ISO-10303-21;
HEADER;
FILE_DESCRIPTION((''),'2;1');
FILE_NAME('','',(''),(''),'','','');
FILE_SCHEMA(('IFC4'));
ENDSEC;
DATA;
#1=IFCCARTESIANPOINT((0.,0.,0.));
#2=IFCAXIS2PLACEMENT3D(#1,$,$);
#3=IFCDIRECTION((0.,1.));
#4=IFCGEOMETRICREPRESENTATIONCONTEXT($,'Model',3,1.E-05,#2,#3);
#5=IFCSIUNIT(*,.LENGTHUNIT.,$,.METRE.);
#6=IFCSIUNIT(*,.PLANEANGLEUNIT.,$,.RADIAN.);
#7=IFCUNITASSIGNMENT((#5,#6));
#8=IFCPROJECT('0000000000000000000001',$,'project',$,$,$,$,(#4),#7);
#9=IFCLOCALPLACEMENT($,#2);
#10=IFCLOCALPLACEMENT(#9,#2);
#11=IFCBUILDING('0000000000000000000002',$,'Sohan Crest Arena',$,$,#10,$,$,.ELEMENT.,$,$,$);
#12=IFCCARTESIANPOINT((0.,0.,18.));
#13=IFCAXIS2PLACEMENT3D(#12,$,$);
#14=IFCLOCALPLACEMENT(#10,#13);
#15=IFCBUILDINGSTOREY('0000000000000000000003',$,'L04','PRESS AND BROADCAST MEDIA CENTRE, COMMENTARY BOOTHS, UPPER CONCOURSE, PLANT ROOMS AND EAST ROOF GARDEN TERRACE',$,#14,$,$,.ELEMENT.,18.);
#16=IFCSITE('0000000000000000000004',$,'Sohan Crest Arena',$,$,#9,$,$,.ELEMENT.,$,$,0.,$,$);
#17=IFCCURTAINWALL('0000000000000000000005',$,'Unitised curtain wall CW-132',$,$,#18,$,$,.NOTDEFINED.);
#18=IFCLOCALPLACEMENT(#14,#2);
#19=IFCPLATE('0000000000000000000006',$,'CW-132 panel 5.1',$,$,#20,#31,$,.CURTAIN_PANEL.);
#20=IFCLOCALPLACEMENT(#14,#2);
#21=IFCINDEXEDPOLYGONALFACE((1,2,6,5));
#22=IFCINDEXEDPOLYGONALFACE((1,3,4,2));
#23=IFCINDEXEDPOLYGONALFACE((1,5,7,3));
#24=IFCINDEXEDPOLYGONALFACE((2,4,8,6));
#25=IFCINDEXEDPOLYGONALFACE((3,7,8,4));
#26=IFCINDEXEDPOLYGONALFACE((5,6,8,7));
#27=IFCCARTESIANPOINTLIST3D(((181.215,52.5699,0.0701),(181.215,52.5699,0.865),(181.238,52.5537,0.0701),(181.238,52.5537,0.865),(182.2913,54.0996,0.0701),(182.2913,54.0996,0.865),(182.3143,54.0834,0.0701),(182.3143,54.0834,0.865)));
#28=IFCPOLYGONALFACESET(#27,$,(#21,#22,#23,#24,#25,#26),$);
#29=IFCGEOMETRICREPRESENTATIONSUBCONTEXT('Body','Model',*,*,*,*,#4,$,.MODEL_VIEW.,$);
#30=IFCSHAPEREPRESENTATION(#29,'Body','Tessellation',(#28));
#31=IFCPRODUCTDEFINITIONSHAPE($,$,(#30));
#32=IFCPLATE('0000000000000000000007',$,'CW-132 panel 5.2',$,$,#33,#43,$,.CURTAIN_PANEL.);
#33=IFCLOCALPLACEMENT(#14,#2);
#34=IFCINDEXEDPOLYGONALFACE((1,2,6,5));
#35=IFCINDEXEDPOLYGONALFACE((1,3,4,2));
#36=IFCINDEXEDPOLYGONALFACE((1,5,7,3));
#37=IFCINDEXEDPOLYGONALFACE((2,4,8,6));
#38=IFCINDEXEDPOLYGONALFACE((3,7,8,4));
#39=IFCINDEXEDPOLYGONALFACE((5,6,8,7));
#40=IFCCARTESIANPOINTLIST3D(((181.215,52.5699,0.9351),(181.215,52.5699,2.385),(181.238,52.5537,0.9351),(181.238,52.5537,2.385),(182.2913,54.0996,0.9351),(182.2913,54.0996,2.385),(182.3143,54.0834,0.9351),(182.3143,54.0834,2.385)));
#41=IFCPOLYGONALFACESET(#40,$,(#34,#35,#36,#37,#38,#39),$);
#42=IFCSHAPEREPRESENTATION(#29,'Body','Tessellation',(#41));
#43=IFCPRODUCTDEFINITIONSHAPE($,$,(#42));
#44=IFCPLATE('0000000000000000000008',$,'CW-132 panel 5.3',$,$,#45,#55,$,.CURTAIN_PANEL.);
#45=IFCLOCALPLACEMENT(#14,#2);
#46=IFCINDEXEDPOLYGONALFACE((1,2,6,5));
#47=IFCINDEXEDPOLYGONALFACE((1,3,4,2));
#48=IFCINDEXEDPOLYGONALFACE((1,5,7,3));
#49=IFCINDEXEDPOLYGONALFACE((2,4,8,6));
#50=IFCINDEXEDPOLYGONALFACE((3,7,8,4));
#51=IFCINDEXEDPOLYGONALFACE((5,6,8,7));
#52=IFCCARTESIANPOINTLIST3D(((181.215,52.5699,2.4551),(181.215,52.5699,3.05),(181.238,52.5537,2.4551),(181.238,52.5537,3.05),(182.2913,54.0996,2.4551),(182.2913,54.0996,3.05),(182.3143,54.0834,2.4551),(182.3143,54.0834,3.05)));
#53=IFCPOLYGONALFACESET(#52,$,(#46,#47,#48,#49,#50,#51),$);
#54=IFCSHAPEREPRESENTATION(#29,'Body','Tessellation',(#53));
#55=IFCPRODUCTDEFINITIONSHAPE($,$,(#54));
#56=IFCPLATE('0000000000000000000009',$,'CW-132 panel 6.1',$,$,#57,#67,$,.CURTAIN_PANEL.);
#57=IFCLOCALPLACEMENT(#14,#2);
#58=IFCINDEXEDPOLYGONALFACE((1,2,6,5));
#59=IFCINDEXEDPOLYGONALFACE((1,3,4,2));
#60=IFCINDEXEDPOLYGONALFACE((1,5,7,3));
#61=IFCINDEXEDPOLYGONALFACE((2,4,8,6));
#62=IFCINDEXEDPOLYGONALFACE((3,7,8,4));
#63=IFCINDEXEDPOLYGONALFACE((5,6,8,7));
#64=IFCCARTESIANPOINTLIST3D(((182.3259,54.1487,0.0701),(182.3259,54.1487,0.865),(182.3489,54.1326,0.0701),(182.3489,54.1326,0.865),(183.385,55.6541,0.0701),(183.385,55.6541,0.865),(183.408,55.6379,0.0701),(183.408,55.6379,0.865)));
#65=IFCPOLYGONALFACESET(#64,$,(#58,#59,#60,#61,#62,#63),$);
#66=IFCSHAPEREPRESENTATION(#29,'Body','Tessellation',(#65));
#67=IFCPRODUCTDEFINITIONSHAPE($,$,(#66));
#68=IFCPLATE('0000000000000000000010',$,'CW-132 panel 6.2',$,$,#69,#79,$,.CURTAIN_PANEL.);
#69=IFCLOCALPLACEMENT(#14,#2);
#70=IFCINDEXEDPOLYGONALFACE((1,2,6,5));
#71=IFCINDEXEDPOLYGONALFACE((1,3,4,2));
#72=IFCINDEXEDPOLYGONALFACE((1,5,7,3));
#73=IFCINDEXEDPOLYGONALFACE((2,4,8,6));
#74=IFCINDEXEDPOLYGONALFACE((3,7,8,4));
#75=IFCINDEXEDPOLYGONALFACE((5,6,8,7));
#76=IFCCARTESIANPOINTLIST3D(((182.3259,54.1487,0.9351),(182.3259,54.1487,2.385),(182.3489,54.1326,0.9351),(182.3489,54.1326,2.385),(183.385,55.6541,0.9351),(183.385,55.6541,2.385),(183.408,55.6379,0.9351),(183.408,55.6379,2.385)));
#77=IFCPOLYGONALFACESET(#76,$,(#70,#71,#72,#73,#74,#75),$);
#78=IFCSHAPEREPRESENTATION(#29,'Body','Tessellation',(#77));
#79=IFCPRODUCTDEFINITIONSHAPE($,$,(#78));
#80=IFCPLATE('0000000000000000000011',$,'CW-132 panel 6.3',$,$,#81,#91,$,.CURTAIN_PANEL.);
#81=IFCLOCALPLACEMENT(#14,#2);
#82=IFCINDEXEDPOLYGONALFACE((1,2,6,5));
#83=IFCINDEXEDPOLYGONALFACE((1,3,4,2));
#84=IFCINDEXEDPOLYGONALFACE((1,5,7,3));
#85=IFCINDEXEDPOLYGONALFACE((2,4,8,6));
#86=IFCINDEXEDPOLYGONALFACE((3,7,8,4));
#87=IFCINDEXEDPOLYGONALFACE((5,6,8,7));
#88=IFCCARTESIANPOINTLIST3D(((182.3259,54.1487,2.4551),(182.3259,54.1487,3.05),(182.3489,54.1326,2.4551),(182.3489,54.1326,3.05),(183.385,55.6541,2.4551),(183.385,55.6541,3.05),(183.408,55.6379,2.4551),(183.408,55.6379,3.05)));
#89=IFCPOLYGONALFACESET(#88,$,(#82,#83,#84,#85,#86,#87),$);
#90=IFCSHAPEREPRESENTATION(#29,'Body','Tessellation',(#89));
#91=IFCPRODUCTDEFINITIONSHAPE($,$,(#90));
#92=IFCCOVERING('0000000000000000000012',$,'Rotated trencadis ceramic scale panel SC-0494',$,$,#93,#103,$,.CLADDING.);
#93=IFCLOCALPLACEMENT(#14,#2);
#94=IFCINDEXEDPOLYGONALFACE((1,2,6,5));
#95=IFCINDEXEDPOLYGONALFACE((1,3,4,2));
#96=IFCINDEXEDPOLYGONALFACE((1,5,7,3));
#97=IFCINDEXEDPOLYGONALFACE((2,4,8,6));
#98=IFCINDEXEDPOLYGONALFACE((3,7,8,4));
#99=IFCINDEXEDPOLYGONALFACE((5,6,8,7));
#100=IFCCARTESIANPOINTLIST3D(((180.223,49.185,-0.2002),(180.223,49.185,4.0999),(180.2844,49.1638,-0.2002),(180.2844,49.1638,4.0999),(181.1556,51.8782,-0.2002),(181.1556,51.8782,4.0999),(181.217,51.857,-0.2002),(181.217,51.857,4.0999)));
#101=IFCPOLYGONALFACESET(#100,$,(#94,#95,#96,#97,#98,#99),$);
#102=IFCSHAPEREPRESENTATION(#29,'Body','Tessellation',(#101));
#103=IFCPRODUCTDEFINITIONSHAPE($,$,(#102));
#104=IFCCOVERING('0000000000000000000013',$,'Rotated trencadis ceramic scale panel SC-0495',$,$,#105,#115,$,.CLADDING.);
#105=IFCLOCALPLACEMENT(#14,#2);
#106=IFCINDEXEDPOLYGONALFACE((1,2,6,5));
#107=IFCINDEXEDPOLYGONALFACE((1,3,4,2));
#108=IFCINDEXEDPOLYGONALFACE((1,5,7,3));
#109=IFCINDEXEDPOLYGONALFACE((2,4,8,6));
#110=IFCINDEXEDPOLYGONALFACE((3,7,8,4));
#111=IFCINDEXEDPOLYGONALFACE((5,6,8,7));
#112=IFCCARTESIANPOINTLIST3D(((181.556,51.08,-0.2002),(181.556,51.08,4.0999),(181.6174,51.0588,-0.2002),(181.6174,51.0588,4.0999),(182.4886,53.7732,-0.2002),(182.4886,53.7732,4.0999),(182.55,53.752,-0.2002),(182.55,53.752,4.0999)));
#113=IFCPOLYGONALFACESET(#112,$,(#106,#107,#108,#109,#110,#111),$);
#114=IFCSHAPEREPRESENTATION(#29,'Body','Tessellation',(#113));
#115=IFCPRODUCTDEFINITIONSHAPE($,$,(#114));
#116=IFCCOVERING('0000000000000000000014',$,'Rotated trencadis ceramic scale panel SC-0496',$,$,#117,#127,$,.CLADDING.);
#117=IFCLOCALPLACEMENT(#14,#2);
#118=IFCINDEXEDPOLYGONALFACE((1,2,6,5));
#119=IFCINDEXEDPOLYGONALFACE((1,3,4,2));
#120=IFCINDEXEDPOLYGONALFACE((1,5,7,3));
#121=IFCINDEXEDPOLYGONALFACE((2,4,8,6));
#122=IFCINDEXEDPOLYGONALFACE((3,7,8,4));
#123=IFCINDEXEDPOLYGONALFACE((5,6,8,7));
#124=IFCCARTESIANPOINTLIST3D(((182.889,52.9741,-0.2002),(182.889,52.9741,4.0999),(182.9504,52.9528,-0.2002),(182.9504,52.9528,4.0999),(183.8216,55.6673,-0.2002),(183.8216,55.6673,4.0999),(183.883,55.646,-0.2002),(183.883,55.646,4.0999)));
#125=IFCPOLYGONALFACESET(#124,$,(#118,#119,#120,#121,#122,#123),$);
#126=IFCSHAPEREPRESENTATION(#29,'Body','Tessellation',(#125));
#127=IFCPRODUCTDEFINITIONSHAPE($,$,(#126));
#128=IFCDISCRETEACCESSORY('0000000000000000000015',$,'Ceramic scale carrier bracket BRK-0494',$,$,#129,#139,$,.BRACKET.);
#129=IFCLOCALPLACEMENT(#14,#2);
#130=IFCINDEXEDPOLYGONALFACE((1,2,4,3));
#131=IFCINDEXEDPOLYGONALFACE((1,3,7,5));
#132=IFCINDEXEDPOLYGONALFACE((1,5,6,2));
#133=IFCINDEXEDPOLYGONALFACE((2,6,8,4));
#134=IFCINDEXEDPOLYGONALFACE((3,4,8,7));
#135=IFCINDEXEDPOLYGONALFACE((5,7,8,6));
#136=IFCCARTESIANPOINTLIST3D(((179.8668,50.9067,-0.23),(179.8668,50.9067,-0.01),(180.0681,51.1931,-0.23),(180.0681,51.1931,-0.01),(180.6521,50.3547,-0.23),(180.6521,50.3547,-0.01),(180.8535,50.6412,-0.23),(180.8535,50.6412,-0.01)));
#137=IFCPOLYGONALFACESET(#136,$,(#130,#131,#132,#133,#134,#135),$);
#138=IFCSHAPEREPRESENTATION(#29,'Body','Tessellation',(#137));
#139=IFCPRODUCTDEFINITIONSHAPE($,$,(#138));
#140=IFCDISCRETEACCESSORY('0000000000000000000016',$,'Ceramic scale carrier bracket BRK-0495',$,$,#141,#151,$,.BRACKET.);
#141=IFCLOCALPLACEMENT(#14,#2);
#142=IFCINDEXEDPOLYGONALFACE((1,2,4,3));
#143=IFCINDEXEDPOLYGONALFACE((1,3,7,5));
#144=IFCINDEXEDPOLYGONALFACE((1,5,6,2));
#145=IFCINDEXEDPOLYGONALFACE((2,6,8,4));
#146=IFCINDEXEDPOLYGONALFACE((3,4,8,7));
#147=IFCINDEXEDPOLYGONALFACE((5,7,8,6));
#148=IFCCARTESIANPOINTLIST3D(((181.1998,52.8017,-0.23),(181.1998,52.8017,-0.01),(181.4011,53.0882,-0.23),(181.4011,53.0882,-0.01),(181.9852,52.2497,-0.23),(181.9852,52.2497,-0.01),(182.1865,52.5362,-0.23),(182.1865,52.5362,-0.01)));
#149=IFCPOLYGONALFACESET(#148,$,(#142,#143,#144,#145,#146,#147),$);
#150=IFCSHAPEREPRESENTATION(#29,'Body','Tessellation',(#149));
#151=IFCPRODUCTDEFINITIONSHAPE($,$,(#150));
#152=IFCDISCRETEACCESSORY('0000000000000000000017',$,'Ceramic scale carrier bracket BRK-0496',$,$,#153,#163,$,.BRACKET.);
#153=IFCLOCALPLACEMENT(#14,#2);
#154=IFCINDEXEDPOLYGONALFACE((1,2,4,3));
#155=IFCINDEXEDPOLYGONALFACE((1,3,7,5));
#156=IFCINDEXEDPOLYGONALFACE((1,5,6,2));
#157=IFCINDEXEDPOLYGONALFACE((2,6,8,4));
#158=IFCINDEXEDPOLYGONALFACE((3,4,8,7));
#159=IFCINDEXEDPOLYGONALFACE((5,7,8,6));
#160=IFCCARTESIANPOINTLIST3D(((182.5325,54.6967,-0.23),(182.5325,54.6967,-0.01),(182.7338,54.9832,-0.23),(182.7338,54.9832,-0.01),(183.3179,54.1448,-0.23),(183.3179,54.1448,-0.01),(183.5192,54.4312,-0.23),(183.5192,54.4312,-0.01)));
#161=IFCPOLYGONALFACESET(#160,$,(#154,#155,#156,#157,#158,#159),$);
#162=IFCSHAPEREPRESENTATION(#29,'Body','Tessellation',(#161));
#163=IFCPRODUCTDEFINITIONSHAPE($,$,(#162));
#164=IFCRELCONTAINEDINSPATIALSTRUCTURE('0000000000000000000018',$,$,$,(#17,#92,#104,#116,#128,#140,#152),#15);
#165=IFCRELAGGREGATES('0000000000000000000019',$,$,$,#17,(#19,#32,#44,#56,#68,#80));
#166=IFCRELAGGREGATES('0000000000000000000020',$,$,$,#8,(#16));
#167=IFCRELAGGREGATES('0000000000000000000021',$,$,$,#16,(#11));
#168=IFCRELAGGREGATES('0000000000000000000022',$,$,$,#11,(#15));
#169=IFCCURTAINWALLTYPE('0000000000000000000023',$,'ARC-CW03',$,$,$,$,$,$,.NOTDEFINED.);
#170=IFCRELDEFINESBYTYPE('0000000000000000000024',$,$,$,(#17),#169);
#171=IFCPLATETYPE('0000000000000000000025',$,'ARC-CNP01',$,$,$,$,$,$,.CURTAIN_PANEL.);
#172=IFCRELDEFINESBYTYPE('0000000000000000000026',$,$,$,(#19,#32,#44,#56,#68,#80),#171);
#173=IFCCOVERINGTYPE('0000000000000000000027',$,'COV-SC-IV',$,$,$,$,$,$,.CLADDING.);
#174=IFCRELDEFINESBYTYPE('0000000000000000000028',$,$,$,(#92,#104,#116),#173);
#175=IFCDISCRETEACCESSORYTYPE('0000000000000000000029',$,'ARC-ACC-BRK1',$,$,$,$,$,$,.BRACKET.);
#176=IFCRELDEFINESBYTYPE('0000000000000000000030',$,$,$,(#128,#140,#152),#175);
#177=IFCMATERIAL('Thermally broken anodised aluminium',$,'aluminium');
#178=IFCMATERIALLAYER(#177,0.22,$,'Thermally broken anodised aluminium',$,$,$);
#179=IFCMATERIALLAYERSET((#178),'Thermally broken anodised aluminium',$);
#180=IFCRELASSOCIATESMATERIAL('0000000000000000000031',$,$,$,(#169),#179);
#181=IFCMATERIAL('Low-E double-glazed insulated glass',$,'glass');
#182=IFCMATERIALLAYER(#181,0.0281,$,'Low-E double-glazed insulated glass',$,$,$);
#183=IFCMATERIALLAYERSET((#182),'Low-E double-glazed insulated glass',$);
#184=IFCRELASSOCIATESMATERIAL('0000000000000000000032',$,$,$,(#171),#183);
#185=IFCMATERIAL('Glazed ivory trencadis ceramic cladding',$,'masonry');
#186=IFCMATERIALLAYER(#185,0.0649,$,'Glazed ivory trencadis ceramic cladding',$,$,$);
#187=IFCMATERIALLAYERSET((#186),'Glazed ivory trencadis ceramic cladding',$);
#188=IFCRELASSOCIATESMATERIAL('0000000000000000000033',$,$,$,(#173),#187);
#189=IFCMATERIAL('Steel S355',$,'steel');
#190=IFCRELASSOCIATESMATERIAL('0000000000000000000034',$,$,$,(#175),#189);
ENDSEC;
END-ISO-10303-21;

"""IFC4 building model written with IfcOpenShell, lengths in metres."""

from ifc_helpers import new_model, si_unit, direction, frame, origin, origin_2d, place, context, subcontext, project, spatial, rectangle, extrude, material, layer, layer_set, type_object, element, aggregate, save


model = new_model("IFC4")

# Units and contexts
model_context = context("Model", 3, precision=1e-05, world=origin(), true_north=direction((0.0, 1.0)))
body_context = subcontext(model_context, "Body", "Model", "MODEL_VIEW")
ifc_project = project(units=[si_unit("LENGTHUNIT", "METRE"), si_unit("PLANEANGLEUNIT", "RADIAN")], contexts=[model_context])

# Site, building, storey
site_placement = place(None, origin())
site = spatial("IfcSite", under=ifc_project, at=site_placement, Name="Sohan Crest Arena", CompositionType="ELEMENT", RefElevation=0.0)
building_placement = place(site_placement, origin())
building = spatial("IfcBuilding", under=site, at=building_placement, Name="Sohan Crest Arena", CompositionType="ELEMENT")
storey_placement = place(building_placement, frame((0.0, 0.0, 18.0)))
storey = spatial("IfcBuildingStorey", under=building, at=storey_placement, Name="L04", Description="PRESS AND BROADCAST MEDIA CENTRE, COMMENTARY BOOTHS, UPPER CONCOURSE, PLANT ROOMS AND EAST ROOF GARDEN TERRACE", CompositionType="ELEMENT", Elevation=18.0)

# Curtain wall, plates
ifc_material_1 = material(Name="Thermally broken anodised aluminium", Category="aluminium")
ifc_layer_1 = layer(ifc_material_1, 0.22, Name="Thermally broken anodised aluminium")
ifc_layer_set_1 = layer_set([ifc_layer_1], Name="Thermally broken anodised aluminium")
curtain_wall_type = type_object("IfcCurtainWallType", Name="ARC-CW03", PredefinedType="NOTDEFINED", material=ifc_layer_set_1)
curtain_wall_placement = place(storey_placement, origin())
curtain_wall = element("IfcCurtainWall", 1, at=curtain_wall_placement, inside=storey, type_object=curtain_wall_type, Name="Unitised curtain wall CW-132", PredefinedType="NOTDEFINED")
ifc_material_2 = material(Name="Low-E double-glazed insulated glass", Category="glass")
ifc_layer_2 = layer(ifc_material_2, 0.0281, Name="Low-E double-glazed insulated glass")
ifc_layer_set_2 = layer_set([ifc_layer_2], Name="Low-E double-glazed insulated glass")
plate_type = type_object("IfcPlateType", Name="ARC-CNP01", PredefinedType="CURTAIN_PANEL", material=ifc_layer_set_2)
plate_1_placement = place(storey_placement, frame((181.7646, 53.3267, 0.0701), z_axis=(0.0, 0.0, 1.0), x_axis=(0.575425, 0.817855, 0.0)))
plate_1 = element("IfcPlate", 2, at=plate_1_placement, type_object=plate_type, Name="CW-132 panel 5.1", PredefinedType="CURTAIN_PANEL", context=body_context, shape_type="SweptSolid", body=[
    extrude(rectangle(XDim=1.8704, YDim=0.0281, at=origin_2d()), origin(), (0.0, 0.0, 1.0), 0.7949),
])
plate_2_placement = place(storey_placement, frame((181.7646, 53.3267, 0.9351), z_axis=(0.0, 0.0, 1.0), x_axis=(0.575425, 0.817855, 0.0)))
plate_2 = element("IfcPlate", 3, at=plate_2_placement, type_object=plate_type, Name="CW-132 panel 5.2", PredefinedType="CURTAIN_PANEL", context=body_context, shape_type="SweptSolid", body=[
    extrude(rectangle(XDim=1.8704, YDim=0.0281, at=origin_2d()), origin(), (0.0, 0.0, 1.0), 1.45),
])
plate_3_placement = place(storey_placement, frame((181.7646, 53.3267, 2.4551), z_axis=(0.0, 0.0, 1.0), x_axis=(0.575425, 0.817855, 0.0)))
plate_3 = element("IfcPlate", 4, at=plate_3_placement, type_object=plate_type, Name="CW-132 panel 5.3", PredefinedType="CURTAIN_PANEL", context=body_context, shape_type="SweptSolid", body=[
    extrude(rectangle(XDim=1.8704, YDim=0.0281, at=origin_2d()), origin(), (0.0, 0.0, 1.0), 0.595),
])
plate_4_placement = place(storey_placement, frame((182.8669, 54.8933, 0.0701), z_axis=(0.0, 0.0, 1.0), x_axis=(0.575425, 0.817855, 0.0)))
plate_4 = element("IfcPlate", 5, at=plate_4_placement, type_object=plate_type, Name="CW-132 panel 6.1", PredefinedType="CURTAIN_PANEL", context=body_context, shape_type="SweptSolid", body=[
    extrude(rectangle(XDim=1.8406, YDim=0.0281, at=origin_2d()), origin(), (0.0, 0.0, 1.0), 0.7949),
])
plate_5_placement = place(storey_placement, frame((182.8669, 54.8933, 0.9351), z_axis=(0.0, 0.0, 1.0), x_axis=(0.575425, 0.817855, 0.0)))
plate_5 = element("IfcPlate", 6, at=plate_5_placement, type_object=plate_type, Name="CW-132 panel 6.2", PredefinedType="CURTAIN_PANEL", context=body_context, shape_type="SweptSolid", body=[
    extrude(rectangle(XDim=1.8406, YDim=0.0281, at=origin_2d()), origin(), (0.0, 0.0, 1.0), 1.45),
])
plate_6_placement = place(storey_placement, frame((182.8669, 54.8933, 2.4551), z_axis=(0.0, 0.0, 1.0), x_axis=(0.575425, 0.817855, 0.0)))
plate_6 = element("IfcPlate", 7, at=plate_6_placement, type_object=plate_type, Name="CW-132 panel 6.3", PredefinedType="CURTAIN_PANEL", context=body_context, shape_type="SweptSolid", body=[
    extrude(rectangle(XDim=1.8406, YDim=0.0281, at=origin_2d()), origin(), (0.0, 0.0, 1.0), 0.595),
])
aggregate(curtain_wall, [plate_1, plate_2, plate_3, plate_4, plate_5, plate_6])

# Coverings
ifc_material_3 = material(Name="Glazed ivory trencadis ceramic cladding", Category="masonry")
ifc_layer_3 = layer(ifc_material_3, 0.0649, Name="Glazed ivory trencadis ceramic cladding")
ifc_layer_set_3 = layer_set([ifc_layer_3], Name="Glazed ivory trencadis ceramic cladding")
covering_type = type_object("IfcCoveringType", Name="COV-SC-IV", PredefinedType="CLADDING", material=ifc_layer_set_3)
for number, where, z_axis, x_axis, name in (
    (8, (180.72, 50.521, -0.2002), (0.0, 0.0, 1.0), (0.327218, 0.944949, 0.0), "Rotated trencadis ceramic scale panel SC-0494"),
    (9, (182.053, 52.416, -0.2002), (0.0, 0.0, 1.0), (0.327218, 0.944949, 0.0), "Rotated trencadis ceramic scale panel SC-0495"),
    (10, (183.386, 54.3101, -0.2002), (0.0, 0.0, 1.0), (0.327218, 0.944949, 0.0), "Rotated trencadis ceramic scale panel SC-0496"),
):
    element("IfcCovering", number, at=place(storey_placement, frame(where, z_axis=z_axis, x_axis=x_axis)), inside=storey, type_object=covering_type, Name=name, PredefinedType="CLADDING", context=body_context, shape_type="SweptSolid", body=[
        extrude(rectangle(XDim=2.8501, YDim=0.0649, at=origin_2d()), origin(), (0.0, 0.0, 1.0), 4.3),
    ])

# Discrete accessories
ifc_material_4 = material(Name="Steel S355", Category="steel")
discrete_accessory_type = type_object("IfcDiscreteAccessoryType", Name="ARC-ACC-BRK1", PredefinedType="BRACKET", material=ifc_material_4)
for number, where, z_axis, x_axis, name in (
    (11, (180.3601, 50.7739, -0.23), (0.0, 0.0, 1.0), (0.575005, 0.81815, 0.0), "Ceramic scale carrier bracket BRK-0494"),
    (12, (181.6931, 52.6689, -0.23), (0.0, 0.0, 1.0), (0.575005, 0.81815, 0.0), "Ceramic scale carrier bracket BRK-0495"),
    (13, (183.0259, 54.564, -0.23), (0.0, 0.0, 1.0), (0.575005, 0.81815, 0.0), "Ceramic scale carrier bracket BRK-0496"),
):
    element("IfcDiscreteAccessory", number, at=place(storey_placement, frame(where, z_axis=z_axis, x_axis=x_axis)), inside=storey, type_object=discrete_accessory_type, Name=name, PredefinedType="BRACKET", context=body_context, shape_type="SweptSolid", body=[
        extrude(rectangle(XDim=0.3501, YDim=0.96, at=origin_2d()), origin(), (0.0, 0.0, 1.0), 0.22),
    ])

save(model, "model.ifc")
